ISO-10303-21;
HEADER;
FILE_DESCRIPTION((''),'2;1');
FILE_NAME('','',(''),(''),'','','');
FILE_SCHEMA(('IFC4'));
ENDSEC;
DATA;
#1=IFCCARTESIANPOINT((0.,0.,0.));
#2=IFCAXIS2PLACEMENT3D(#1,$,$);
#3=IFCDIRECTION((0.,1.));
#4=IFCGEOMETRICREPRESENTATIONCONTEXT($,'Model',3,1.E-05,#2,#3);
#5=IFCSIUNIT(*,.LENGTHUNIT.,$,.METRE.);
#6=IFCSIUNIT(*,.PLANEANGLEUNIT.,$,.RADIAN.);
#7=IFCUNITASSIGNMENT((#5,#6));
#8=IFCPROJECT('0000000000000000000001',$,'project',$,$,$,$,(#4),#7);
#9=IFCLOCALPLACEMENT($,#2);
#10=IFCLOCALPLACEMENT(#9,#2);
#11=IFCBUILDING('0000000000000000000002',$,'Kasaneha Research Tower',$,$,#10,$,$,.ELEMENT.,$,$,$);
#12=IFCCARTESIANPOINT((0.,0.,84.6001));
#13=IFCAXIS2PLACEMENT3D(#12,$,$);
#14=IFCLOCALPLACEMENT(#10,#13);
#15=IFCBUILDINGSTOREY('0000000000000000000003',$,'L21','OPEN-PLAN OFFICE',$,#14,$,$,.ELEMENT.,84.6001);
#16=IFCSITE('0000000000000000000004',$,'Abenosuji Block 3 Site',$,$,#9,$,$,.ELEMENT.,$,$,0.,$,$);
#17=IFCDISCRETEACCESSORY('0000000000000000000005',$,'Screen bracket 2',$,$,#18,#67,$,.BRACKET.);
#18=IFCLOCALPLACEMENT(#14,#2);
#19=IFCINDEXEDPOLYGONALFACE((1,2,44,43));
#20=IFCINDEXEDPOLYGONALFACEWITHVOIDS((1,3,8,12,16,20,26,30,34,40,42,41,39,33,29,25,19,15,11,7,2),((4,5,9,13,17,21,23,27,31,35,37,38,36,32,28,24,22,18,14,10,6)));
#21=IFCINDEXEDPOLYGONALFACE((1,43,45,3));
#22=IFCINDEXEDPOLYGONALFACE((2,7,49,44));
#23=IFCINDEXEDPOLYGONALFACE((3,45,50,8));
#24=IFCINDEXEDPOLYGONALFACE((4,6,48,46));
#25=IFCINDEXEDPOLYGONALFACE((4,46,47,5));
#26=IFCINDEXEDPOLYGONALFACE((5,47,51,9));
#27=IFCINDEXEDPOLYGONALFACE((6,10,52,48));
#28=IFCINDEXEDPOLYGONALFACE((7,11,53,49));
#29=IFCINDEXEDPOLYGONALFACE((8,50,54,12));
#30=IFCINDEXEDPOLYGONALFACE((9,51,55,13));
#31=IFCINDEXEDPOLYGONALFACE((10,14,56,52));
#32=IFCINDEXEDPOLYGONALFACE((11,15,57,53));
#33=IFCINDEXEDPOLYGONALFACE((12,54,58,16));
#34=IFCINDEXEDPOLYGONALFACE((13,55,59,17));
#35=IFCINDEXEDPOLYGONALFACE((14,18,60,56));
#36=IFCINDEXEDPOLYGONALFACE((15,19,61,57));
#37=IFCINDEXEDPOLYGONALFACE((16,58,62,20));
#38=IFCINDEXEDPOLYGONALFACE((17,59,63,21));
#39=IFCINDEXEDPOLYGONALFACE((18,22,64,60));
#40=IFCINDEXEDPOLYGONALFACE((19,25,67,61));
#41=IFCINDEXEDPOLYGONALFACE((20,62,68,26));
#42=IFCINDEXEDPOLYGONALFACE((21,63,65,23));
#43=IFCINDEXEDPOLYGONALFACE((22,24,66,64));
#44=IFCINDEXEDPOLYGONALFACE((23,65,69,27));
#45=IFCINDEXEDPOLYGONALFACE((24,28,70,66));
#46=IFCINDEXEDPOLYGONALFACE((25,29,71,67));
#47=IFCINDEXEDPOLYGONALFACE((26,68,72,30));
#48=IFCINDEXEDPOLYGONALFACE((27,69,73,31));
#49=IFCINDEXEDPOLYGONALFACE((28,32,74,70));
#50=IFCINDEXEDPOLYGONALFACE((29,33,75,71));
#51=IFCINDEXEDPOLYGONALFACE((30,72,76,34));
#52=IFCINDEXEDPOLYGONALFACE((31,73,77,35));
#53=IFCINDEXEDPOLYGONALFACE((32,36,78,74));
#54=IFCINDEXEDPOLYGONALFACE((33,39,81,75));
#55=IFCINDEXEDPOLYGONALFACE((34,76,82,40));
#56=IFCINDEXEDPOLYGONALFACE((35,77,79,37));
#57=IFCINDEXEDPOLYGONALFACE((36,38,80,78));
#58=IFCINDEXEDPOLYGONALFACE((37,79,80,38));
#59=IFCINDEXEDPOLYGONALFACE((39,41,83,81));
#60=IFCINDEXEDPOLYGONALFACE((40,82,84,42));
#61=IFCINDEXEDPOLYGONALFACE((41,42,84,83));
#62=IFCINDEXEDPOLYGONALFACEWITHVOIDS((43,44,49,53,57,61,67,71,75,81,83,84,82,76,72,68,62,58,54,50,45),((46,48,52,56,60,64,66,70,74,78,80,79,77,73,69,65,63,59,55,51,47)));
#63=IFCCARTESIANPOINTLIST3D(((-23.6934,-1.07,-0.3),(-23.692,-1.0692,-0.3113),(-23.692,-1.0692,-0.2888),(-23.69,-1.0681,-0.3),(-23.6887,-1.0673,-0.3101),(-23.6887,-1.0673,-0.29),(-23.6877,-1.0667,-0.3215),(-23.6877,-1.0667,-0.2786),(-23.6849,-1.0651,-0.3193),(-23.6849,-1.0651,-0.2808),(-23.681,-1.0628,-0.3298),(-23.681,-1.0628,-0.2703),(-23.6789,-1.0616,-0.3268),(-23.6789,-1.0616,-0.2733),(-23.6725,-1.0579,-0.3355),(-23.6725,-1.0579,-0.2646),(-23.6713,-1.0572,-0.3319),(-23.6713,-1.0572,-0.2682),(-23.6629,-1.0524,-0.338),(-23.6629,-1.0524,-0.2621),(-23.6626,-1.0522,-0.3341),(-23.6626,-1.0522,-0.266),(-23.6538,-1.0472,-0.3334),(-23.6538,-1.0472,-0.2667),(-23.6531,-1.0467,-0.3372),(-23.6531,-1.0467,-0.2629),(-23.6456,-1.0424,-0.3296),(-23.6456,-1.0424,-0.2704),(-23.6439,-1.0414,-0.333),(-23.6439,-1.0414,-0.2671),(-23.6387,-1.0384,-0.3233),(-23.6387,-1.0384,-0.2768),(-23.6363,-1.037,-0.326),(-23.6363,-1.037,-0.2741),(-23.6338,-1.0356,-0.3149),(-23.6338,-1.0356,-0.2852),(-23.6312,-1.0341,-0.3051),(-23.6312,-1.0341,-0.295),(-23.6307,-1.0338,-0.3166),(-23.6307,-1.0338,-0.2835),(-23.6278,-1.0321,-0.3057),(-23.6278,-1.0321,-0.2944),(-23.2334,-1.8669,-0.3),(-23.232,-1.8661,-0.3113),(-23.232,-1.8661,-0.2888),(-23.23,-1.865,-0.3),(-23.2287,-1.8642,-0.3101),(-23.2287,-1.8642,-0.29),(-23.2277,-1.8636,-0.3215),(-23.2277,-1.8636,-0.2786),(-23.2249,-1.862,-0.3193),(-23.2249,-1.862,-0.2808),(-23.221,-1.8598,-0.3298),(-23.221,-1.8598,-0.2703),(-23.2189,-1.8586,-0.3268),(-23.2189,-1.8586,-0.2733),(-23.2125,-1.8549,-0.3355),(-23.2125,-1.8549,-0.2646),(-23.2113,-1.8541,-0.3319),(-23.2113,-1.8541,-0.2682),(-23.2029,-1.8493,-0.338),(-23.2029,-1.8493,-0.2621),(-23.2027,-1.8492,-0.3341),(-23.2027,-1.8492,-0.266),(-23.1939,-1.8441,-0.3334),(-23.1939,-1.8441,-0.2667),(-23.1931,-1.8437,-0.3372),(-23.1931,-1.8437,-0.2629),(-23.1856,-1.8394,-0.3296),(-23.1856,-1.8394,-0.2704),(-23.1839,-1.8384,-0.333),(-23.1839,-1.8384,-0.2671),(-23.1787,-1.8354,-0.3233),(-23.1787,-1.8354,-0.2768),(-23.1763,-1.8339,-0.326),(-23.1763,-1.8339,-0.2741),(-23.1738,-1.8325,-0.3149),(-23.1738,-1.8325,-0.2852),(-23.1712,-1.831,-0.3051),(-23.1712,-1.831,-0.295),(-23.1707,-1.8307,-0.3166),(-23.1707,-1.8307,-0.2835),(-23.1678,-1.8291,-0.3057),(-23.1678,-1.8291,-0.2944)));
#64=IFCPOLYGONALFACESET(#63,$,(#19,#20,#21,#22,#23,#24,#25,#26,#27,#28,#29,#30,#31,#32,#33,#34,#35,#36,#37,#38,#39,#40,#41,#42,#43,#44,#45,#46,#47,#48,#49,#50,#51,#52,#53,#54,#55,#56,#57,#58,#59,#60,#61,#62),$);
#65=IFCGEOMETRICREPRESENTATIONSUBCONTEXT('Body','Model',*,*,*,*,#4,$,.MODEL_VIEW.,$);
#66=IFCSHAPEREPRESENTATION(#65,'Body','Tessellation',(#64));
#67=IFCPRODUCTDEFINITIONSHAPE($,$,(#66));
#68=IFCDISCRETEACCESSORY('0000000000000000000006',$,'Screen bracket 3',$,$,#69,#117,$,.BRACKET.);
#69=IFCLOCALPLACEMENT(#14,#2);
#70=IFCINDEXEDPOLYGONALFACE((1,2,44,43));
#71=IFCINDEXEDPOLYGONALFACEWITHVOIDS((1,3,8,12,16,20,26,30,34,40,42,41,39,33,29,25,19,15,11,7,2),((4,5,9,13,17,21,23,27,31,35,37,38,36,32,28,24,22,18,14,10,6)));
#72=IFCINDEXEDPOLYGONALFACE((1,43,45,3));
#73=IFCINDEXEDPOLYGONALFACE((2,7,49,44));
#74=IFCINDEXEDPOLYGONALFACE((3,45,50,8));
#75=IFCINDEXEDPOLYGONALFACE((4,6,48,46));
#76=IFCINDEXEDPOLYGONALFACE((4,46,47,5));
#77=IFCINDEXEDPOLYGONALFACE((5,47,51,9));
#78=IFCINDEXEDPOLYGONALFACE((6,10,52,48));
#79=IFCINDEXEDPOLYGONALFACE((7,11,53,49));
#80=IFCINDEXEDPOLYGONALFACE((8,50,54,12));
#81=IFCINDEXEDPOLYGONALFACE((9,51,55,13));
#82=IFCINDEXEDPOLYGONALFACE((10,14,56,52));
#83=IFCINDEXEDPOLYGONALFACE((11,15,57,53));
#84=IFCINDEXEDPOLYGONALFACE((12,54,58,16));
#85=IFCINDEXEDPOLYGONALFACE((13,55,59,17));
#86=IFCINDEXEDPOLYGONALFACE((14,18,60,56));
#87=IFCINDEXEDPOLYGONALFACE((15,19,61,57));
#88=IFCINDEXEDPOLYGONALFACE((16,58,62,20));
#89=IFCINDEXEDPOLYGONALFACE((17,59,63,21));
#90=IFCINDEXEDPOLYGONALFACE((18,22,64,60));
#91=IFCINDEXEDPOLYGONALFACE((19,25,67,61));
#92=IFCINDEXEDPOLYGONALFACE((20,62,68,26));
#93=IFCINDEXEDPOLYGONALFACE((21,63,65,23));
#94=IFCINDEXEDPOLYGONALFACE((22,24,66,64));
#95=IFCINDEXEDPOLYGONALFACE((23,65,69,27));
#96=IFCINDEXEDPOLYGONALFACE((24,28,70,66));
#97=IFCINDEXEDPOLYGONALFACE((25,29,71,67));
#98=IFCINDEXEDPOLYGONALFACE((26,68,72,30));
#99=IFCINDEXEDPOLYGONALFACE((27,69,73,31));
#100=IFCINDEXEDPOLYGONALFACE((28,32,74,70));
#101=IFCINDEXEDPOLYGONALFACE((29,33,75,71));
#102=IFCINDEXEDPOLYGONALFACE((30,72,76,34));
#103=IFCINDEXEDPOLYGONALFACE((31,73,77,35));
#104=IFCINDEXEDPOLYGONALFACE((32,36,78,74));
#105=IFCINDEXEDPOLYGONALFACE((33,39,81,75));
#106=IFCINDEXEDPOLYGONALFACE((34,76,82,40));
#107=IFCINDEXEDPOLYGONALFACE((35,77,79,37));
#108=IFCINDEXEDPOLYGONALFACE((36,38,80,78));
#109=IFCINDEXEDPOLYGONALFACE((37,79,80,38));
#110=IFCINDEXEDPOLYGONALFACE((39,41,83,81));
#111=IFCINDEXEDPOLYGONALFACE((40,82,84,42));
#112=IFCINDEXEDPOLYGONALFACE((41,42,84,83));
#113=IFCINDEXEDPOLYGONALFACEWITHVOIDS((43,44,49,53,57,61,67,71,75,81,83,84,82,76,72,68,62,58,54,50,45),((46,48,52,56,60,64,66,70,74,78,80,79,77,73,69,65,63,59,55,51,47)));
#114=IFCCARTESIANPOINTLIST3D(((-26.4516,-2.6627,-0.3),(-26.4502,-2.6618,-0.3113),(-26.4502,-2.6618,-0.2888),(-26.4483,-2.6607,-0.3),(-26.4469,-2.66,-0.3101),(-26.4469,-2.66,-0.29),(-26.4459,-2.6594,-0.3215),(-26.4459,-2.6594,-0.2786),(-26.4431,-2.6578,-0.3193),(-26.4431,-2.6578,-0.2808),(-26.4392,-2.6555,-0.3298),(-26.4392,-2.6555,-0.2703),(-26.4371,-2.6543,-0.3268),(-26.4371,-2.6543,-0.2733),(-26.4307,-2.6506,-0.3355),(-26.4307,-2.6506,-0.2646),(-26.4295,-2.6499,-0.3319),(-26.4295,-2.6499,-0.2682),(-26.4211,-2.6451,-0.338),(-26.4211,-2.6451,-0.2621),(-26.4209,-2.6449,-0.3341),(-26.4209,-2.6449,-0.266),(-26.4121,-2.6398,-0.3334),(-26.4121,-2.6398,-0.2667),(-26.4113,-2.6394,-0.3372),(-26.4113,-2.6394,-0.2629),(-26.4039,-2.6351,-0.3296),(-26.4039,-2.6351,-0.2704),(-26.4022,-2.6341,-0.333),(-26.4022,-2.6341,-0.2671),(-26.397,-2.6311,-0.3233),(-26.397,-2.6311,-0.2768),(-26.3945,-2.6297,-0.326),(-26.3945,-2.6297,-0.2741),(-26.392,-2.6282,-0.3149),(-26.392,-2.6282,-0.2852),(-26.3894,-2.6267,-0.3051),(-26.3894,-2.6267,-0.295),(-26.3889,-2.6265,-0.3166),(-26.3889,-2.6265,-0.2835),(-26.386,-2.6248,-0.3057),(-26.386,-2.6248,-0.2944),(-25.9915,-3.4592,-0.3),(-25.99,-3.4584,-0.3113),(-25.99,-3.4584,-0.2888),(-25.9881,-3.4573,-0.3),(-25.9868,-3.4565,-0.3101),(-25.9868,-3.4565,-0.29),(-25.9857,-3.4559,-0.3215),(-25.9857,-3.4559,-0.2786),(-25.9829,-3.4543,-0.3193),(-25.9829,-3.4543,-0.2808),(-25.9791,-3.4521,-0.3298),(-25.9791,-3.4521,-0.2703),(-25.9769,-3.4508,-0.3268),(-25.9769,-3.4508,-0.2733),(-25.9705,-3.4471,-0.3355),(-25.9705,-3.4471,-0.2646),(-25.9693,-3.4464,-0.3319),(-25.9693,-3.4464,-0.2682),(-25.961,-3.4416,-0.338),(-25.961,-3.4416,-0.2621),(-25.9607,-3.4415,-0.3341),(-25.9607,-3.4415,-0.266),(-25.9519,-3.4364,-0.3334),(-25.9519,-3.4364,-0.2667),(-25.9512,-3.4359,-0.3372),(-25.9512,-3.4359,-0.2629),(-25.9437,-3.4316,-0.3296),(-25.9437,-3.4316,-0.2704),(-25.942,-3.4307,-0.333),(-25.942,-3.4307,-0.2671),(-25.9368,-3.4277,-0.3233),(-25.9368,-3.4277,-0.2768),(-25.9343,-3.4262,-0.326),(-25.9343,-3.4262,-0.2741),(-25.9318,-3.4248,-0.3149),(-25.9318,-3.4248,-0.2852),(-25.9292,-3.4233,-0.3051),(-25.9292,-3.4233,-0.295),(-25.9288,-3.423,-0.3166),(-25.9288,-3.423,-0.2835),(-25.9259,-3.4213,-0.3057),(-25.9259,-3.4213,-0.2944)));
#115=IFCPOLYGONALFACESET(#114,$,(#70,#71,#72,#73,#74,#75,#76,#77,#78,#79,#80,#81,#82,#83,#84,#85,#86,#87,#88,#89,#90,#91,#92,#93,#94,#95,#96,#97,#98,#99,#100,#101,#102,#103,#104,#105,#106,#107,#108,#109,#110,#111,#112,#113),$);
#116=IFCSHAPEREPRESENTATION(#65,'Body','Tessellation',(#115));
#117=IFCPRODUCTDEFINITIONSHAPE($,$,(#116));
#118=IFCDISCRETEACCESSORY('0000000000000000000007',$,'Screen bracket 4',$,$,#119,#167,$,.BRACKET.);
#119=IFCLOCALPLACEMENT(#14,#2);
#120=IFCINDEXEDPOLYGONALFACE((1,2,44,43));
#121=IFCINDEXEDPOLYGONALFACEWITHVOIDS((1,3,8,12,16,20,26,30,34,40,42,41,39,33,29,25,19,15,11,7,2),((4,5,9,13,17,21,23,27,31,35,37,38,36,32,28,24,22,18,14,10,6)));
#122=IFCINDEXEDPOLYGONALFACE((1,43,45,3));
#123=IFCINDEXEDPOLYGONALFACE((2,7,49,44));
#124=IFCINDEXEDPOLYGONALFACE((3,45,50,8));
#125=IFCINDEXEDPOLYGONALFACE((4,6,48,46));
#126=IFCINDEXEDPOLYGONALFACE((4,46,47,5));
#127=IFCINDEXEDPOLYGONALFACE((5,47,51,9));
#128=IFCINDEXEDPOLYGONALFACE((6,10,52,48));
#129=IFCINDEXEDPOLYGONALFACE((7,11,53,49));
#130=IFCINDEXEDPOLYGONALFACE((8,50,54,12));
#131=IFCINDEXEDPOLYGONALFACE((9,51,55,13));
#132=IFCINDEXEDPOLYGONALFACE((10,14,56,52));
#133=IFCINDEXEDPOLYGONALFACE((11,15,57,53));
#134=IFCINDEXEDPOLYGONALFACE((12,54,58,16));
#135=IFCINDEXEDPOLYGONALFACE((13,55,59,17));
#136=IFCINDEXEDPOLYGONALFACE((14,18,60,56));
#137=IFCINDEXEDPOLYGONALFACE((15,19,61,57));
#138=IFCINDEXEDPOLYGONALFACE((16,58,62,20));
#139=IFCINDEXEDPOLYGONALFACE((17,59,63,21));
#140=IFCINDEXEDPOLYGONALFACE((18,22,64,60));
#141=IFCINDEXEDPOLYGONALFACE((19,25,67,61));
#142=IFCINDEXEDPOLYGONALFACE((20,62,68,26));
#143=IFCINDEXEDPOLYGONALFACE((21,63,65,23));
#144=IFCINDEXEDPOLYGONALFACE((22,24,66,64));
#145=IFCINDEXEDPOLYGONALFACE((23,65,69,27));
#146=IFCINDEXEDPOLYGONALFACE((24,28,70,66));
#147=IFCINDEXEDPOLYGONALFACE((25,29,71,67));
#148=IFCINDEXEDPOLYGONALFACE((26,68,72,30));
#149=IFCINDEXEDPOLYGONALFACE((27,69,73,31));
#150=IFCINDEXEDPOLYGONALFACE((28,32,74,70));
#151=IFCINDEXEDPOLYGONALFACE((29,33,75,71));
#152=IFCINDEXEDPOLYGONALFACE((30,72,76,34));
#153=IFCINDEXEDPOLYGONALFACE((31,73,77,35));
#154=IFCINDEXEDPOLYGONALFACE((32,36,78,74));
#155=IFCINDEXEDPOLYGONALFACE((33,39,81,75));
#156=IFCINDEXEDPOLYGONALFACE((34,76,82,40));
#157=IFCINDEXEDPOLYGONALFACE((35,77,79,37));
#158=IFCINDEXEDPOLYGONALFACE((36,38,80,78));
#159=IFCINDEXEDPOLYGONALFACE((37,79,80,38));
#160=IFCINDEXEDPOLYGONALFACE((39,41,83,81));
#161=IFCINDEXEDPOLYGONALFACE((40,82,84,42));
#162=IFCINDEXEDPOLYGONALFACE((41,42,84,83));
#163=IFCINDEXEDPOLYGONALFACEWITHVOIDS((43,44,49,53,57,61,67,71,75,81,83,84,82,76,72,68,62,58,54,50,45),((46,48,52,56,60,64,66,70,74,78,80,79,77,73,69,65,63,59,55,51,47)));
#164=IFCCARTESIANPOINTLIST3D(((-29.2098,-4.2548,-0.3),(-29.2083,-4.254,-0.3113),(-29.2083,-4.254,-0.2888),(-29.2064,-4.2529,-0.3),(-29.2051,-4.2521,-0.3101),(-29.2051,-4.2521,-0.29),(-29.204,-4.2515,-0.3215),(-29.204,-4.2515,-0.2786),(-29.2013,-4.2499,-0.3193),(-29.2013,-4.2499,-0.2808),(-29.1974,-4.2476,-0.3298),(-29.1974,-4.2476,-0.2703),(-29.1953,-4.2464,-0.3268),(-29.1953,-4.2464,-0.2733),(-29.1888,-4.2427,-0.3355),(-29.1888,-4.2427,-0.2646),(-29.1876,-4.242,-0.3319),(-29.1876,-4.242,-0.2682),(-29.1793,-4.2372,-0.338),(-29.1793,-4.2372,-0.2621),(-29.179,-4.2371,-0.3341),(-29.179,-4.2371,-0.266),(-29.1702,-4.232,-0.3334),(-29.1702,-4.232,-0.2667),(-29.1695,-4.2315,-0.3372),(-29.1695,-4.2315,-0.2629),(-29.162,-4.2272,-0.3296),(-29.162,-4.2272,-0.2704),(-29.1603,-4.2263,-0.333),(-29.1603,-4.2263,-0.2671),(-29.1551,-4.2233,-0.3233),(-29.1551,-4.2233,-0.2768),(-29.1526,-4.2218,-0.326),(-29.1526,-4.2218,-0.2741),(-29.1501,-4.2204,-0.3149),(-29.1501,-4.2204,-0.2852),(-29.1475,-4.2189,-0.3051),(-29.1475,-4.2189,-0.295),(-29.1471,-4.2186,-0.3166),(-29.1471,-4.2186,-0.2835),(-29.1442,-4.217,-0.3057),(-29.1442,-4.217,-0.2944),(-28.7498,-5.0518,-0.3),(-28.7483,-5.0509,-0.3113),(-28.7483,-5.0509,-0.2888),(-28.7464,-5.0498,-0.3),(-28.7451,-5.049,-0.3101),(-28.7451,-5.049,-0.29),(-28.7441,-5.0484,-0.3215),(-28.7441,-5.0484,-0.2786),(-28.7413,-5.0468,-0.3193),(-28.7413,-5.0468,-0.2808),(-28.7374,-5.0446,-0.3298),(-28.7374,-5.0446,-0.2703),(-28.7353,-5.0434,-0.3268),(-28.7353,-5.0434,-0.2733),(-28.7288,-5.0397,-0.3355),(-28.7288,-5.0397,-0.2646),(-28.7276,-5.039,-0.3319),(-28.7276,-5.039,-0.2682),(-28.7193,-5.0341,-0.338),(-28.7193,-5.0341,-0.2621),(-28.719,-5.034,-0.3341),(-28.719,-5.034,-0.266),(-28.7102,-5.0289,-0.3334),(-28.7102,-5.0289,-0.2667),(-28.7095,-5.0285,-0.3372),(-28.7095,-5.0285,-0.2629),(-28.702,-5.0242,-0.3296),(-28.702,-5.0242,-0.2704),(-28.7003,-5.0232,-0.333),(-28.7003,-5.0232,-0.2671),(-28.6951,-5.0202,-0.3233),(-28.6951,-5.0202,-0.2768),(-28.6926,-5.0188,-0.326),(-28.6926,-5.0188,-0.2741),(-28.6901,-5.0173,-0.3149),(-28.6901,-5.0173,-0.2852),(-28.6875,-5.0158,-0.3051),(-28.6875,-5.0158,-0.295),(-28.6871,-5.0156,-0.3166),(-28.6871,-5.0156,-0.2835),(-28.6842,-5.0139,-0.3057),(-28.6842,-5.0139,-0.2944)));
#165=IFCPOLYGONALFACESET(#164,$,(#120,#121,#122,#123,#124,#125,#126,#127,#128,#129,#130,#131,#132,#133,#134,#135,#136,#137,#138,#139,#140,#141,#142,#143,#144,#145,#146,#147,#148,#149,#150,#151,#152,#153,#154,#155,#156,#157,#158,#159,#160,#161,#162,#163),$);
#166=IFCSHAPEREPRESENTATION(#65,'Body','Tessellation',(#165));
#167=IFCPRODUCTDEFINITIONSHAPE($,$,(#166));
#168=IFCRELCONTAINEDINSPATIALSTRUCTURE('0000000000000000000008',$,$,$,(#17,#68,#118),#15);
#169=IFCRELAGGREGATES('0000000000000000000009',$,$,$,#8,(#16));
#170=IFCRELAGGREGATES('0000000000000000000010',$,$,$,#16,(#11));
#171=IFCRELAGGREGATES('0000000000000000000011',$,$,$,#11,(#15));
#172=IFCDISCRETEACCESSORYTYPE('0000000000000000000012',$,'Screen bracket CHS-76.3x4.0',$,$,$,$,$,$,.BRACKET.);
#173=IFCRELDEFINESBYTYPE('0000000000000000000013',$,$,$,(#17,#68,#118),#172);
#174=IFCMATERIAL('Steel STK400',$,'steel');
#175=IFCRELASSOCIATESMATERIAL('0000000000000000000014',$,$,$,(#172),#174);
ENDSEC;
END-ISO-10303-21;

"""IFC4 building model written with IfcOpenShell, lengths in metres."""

from ifc_helpers import new_model, si_unit, direction, frame, origin, origin_2d, place, context, subcontext, project, spatial, hollow_circle, extrude, material, material_profile, profile_set, type_object, element, save


model = new_model("IFC4")

# Units and contexts
model_context = context("Model", 3, precision=1e-05, world=origin(), true_north=direction((0.0, 1.0)))
body_context = subcontext(model_context, "Body", "Model", "MODEL_VIEW")
ifc_project = project(units=[si_unit("LENGTHUNIT", "METRE"), si_unit("PLANEANGLEUNIT", "RADIAN")], contexts=[model_context])

# Site, building, storey
site_placement = place(None, origin())
site = spatial("IfcSite", under=ifc_project, at=site_placement, Name="Abenosuji Block 3 Site", CompositionType="ELEMENT", RefElevation=0.0)
building_placement = place(site_placement, origin())
building = spatial("IfcBuilding", under=site, at=building_placement, Name="Kasaneha Research Tower", CompositionType="ELEMENT")
storey_placement = place(building_placement, frame((0.0, 0.0, 84.6001)))
storey = spatial("IfcBuildingStorey", under=building, at=storey_placement, Name="L21", Description="OPEN-PLAN OFFICE", CompositionType="ELEMENT", Elevation=84.6001)

# Discrete accessories
ifc_material_1 = material(Name="Steel STK400", Category="steel")
ifc_material_profile_1 = material_profile(ifc_material_1, hollow_circle(Radius=0.0381, WallThickness=0.0039, at=origin_2d()), Name="CHS-76.3x4.0")
ifc_profile_set_1 = profile_set([ifc_material_profile_1], Name="Steel STK400")
discrete_accessory_type = type_object("IfcDiscreteAccessoryType", Name="Screen bracket CHS-76.3x4.0", PredefinedType="BRACKET", material=ifc_profile_set_1)
discrete_accessory_1_placement = place(storey_placement, frame((-23.2004, -1.8479, -0.3), z_axis=(-0.499906, 0.86608, 0.0), x_axis=(-0.86608, -0.499906, 0.0)))
element("IfcDiscreteAccessory", 1, at=discrete_accessory_1_placement, inside=storey, type_object=discrete_accessory_type, Name="Screen bracket 2", PredefinedType="BRACKET", context=body_context, shape_type="SweptSolid", body=[
    extrude(hollow_circle(Radius=0.0381, WallThickness=0.0039, at=origin_2d()), origin(), (0.0, 0.0, 1.0), 0.9202),
])
discrete_accessory_2_placement = place(storey_placement, frame((-25.9585, -3.4402, -0.3), z_axis=(-0.50022, 0.865898, 0.0), x_axis=(-0.865898, -0.50022, 0.0)))
element("IfcDiscreteAccessory", 2, at=discrete_accessory_2_placement, inside=storey, type_object=discrete_accessory_type, Name="Screen bracket 3", PredefinedType="BRACKET", context=body_context, shape_type="SweptSolid", body=[
    extrude(hollow_circle(Radius=0.0381, WallThickness=0.0039, at=origin_2d()), origin(), (0.0, 0.0, 1.0), 0.9199),
])
discrete_accessory_3_placement = place(storey_placement, frame((-28.7168, -5.0327, -0.3), z_axis=(-0.499906, 0.86608, 0.0), x_axis=(-0.86608, -0.499906, 0.0)))
element("IfcDiscreteAccessory", 3, at=discrete_accessory_3_placement, inside=storey, type_object=discrete_accessory_type, Name="Screen bracket 4", PredefinedType="BRACKET", context=body_context, shape_type="SweptSolid", body=[
    extrude(hollow_circle(Radius=0.0381, WallThickness=0.0039, at=origin_2d()), origin(), (0.0, 0.0, 1.0), 0.9202),
])

save(model, "model.ifc")
